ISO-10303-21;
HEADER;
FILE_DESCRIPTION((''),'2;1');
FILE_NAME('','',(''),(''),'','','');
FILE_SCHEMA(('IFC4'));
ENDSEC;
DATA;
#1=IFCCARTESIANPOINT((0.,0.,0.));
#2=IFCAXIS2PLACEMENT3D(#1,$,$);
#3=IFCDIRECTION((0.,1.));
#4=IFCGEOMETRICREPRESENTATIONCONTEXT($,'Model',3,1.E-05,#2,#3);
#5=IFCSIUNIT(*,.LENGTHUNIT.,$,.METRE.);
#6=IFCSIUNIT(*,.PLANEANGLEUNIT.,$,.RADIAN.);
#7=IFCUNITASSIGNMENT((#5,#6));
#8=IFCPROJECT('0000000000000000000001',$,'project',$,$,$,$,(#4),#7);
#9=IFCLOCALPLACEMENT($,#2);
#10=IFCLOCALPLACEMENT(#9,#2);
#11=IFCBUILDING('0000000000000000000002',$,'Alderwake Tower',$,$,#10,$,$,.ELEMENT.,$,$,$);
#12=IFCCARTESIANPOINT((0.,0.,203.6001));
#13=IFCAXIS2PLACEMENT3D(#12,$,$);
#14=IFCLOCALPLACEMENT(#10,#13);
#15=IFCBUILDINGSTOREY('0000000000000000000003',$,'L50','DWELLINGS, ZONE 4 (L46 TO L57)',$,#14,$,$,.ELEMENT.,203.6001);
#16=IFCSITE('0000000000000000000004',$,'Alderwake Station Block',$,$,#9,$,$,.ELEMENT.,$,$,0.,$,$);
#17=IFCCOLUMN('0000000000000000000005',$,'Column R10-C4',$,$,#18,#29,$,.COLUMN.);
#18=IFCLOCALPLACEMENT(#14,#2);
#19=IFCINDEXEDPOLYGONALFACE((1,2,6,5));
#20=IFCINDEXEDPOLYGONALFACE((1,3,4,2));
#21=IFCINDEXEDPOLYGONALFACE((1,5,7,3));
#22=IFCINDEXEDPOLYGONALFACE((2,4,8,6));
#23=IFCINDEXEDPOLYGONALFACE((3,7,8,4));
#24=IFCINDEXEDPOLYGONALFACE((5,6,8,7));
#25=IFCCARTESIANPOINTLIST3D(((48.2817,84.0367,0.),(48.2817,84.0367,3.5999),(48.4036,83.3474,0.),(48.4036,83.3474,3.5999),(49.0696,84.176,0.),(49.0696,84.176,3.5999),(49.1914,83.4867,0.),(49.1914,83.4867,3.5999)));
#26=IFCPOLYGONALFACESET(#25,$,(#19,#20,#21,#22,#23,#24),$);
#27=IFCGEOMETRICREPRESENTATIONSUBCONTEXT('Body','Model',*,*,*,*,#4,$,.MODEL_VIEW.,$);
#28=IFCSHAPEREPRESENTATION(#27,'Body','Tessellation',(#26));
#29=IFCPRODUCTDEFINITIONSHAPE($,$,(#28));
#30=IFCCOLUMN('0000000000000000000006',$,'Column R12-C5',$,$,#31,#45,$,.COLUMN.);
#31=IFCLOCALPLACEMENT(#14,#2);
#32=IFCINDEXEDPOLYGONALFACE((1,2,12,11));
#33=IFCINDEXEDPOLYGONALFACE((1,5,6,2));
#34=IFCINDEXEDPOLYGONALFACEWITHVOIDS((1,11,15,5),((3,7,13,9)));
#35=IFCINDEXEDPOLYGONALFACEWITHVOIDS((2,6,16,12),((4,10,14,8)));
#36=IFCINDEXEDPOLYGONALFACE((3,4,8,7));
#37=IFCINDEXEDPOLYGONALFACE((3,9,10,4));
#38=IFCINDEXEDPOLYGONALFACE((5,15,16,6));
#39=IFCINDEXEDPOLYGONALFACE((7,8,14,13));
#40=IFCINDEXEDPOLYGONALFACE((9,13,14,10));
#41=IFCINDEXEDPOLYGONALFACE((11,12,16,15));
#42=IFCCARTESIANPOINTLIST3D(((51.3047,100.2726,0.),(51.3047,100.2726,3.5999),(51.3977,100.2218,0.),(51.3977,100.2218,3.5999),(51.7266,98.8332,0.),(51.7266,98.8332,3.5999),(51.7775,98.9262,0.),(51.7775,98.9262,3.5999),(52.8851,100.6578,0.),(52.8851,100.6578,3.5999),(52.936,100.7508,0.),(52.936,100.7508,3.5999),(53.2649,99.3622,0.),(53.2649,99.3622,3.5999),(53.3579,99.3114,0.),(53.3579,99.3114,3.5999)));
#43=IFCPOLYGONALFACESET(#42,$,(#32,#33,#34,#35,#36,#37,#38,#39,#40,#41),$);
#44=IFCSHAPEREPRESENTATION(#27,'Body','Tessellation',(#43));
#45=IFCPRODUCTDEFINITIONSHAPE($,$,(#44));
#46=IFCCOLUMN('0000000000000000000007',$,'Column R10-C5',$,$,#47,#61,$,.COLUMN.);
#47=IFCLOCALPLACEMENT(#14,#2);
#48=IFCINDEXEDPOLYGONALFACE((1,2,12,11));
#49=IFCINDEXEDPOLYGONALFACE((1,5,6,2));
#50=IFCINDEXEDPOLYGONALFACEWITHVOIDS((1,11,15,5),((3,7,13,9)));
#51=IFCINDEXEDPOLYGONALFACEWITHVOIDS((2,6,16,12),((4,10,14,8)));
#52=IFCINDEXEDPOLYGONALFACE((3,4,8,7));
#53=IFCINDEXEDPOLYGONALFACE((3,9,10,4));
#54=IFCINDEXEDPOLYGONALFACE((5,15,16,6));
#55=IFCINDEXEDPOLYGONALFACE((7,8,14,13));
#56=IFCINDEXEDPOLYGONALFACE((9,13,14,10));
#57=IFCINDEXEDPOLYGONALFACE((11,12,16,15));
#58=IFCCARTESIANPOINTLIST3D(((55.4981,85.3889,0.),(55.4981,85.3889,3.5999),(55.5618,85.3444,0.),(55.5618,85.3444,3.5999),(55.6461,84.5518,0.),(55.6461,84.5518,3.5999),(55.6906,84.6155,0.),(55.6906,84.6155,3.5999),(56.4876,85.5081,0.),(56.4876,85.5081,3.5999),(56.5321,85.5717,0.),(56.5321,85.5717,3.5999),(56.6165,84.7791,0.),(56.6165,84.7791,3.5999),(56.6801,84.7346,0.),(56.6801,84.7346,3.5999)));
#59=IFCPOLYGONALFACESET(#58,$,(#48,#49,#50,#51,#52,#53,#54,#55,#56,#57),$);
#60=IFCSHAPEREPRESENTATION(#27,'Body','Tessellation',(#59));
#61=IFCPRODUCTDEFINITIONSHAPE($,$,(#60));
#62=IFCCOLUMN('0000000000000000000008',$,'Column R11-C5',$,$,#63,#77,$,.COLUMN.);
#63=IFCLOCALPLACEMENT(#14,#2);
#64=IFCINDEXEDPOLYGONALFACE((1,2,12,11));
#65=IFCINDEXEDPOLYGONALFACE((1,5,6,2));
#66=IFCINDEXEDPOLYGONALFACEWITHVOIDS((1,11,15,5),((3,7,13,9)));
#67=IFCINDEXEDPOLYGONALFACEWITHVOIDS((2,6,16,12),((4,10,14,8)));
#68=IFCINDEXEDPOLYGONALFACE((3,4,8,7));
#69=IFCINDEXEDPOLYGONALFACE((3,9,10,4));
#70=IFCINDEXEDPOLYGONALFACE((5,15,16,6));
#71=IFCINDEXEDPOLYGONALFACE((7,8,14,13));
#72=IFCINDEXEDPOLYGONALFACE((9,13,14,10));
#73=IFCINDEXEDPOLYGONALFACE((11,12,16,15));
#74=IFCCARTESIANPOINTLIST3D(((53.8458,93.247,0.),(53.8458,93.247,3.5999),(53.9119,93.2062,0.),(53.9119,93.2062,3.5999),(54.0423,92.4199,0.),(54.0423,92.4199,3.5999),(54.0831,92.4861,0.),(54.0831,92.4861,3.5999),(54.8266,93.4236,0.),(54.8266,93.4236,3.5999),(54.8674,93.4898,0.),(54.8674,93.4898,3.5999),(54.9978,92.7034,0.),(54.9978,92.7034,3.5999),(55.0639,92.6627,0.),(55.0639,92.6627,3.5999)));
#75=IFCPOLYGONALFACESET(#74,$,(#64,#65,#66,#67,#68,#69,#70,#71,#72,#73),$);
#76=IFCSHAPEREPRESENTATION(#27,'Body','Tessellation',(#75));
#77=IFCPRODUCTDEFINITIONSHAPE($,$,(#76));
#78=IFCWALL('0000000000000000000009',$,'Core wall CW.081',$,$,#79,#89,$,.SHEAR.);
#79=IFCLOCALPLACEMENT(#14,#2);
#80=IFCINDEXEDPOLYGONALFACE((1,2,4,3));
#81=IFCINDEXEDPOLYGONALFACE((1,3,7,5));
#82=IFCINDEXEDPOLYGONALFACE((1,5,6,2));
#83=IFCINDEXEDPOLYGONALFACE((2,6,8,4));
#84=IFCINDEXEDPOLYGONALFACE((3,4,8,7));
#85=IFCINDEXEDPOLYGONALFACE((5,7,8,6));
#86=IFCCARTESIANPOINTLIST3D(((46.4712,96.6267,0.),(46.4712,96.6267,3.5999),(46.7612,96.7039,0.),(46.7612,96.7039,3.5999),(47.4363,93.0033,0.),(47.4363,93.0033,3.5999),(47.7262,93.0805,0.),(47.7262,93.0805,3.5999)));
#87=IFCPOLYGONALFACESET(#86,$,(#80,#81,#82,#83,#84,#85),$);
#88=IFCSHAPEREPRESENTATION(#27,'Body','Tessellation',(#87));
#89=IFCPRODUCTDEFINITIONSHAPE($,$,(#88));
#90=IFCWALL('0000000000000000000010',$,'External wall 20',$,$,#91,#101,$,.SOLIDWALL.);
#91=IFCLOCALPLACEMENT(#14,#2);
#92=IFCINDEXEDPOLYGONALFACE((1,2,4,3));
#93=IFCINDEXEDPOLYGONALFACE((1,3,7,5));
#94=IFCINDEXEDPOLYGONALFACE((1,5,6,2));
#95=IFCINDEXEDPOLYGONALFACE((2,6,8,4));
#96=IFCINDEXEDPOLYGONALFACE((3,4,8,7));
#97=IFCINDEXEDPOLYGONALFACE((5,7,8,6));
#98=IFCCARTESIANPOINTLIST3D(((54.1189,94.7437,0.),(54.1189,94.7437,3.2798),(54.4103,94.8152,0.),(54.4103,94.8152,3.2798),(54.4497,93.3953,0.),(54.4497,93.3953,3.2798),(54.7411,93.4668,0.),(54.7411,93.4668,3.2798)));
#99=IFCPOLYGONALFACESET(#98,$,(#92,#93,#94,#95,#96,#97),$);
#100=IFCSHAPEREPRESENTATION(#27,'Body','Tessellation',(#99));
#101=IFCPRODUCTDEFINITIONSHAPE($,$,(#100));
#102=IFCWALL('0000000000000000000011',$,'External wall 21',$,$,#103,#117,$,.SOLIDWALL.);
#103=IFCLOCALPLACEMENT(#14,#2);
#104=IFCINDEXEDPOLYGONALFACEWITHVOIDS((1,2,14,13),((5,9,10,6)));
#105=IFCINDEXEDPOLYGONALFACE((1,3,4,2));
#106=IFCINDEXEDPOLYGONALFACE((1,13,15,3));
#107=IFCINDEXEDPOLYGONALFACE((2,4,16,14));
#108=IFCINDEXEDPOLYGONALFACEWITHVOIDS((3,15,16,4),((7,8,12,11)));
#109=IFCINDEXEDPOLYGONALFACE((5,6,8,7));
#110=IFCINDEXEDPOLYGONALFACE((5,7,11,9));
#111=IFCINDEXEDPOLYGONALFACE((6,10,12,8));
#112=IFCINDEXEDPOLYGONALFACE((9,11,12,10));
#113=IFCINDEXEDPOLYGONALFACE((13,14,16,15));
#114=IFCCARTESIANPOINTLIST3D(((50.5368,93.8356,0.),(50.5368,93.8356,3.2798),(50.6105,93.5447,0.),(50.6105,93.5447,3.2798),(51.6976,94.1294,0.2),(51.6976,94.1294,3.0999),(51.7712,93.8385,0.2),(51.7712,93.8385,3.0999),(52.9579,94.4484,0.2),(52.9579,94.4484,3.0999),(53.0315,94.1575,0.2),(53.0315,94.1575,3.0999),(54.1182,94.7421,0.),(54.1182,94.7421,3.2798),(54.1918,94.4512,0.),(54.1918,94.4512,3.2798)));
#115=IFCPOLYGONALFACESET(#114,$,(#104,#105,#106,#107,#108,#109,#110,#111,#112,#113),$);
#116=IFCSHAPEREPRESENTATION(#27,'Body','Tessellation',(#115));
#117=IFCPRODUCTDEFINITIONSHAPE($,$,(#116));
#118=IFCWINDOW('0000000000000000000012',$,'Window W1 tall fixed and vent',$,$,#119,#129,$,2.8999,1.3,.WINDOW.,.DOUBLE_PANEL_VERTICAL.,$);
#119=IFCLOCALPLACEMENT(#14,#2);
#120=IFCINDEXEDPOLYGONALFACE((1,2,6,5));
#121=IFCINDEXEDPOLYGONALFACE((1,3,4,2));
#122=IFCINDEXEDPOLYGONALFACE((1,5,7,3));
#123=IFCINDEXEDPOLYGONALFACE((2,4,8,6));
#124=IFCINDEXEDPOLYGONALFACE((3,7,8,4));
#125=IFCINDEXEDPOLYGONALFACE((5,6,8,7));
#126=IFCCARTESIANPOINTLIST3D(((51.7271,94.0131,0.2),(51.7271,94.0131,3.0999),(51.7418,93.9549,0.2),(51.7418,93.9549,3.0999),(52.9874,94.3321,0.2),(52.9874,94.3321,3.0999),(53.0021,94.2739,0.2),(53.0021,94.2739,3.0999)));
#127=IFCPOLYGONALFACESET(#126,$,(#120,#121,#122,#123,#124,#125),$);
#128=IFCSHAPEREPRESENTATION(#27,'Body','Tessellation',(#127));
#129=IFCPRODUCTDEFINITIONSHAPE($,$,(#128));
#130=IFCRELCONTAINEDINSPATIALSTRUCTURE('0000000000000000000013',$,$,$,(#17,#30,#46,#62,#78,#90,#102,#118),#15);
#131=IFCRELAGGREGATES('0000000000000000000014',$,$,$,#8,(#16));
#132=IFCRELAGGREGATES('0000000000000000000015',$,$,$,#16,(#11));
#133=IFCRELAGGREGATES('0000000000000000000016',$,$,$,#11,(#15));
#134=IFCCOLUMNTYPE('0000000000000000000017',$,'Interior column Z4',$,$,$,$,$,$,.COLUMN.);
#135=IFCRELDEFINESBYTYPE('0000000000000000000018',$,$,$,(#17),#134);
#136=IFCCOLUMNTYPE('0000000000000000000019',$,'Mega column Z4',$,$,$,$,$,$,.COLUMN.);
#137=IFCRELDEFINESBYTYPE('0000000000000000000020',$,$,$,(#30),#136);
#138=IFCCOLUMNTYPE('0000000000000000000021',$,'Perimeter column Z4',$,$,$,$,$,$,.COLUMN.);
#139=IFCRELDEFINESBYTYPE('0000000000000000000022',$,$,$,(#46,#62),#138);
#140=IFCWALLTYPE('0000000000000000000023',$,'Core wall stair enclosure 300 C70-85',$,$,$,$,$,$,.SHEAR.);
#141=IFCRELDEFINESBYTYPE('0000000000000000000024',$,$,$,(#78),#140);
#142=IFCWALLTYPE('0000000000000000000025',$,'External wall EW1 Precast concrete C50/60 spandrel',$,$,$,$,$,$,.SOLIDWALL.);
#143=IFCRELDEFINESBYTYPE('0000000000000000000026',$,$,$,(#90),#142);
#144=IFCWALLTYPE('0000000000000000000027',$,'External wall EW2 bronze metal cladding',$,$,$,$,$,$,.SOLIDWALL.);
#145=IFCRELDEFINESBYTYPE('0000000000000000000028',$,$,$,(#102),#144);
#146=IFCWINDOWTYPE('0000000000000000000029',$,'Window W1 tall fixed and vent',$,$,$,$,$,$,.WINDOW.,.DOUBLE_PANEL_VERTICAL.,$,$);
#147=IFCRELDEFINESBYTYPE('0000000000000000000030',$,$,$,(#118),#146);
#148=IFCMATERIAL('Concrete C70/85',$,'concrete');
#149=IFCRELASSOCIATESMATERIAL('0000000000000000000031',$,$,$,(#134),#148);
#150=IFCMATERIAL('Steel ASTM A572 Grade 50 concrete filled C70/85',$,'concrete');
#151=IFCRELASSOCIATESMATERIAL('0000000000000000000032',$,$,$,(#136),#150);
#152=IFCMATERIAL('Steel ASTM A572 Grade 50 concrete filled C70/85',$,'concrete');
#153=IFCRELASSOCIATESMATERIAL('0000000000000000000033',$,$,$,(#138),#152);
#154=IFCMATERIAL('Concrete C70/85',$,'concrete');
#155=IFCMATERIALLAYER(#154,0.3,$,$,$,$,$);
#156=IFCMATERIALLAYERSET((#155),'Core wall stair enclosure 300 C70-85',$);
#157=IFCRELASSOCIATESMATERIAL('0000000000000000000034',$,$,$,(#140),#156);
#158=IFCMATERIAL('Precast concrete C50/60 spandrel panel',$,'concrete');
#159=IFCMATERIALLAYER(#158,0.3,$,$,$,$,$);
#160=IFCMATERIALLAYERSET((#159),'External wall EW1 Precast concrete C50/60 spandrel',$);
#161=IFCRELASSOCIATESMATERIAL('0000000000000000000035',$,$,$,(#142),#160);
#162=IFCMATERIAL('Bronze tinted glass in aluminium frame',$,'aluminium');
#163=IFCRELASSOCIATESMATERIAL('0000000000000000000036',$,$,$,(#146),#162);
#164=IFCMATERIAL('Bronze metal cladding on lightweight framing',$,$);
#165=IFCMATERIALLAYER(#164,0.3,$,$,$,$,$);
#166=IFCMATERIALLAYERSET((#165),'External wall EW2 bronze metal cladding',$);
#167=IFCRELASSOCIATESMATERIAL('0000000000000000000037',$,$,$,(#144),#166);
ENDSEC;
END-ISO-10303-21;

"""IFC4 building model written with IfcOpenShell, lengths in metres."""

from ifc_helpers import new_model, si_unit, direction, frame, frame_2d, origin, origin_2d, place, context, subcontext, project, spatial, rectangle, hollow_rectangle, extrude, material, layer, layer_set, material_profile, profile_set, type_object, element, fill, save


model = new_model("IFC4")

# Units and contexts
model_context = context("Model", 3, precision=1e-05, world=origin(), true_north=direction((0.0, 1.0)))
body_context = subcontext(model_context, "Body", "Model", "MODEL_VIEW")
ifc_project = project(units=[si_unit("LENGTHUNIT", "METRE"), si_unit("PLANEANGLEUNIT", "RADIAN")], contexts=[model_context])

# Site, building, storey
site_placement = place(None, origin())
site = spatial("IfcSite", under=ifc_project, at=site_placement, Name="Alderwake Station Block", CompositionType="ELEMENT", RefElevation=0.0)
building_placement = place(site_placement, origin())
building = spatial("IfcBuilding", under=site, at=building_placement, Name="Alderwake Tower", CompositionType="ELEMENT")
storey_placement = place(building_placement, frame((0.0, 0.0, 203.6001)))
storey = spatial("IfcBuildingStorey", under=building, at=storey_placement, Name="L50", Description="DWELLINGS, ZONE 4 (L46 TO L57)", CompositionType="ELEMENT", Elevation=203.6001)

# Columns
ifc_material_1 = material(Name="Concrete C70/85", Category="concrete")
ifc_material_profile_1 = material_profile(ifc_material_1, rectangle(XDim=0.7, YDim=0.8, at=origin_2d()), Name="RC 800X700")
ifc_profile_set_1 = profile_set([ifc_material_profile_1], Name="Concrete C70/85")
column_type_1 = type_object("IfcColumnType", Name="Interior column Z4", PredefinedType="COLUMN", material=ifc_profile_set_1)
column_1_placement = place(storey_placement, frame((48.7366, 83.7617, 0.0), z_axis=(0.0, 0.0, 1.0), x_axis=(-0.174107, 0.984727, 0.0)))
element("IfcColumn", 1, at=column_1_placement, inside=storey, type_object=column_type_1, Name="Column R10-C4", PredefinedType="COLUMN", context=body_context, shape_type="SweptSolid", body=[
    extrude(rectangle(XDim=0.7, YDim=0.8, at=origin_2d()), origin(), (0.0, 0.0, 1.0), 3.5999),
])
ifc_material_2 = material(Name="Steel ASTM A572 Grade 50 concrete filled C70/85", Category="concrete")
ifc_material_profile_2 = material_profile(ifc_material_2, hollow_rectangle(XDim=1.5, YDim=1.7, WallThickness=0.075, at=origin_2d()), Name="BOX 1700X1500X75")
ifc_profile_set_2 = profile_set([ifc_material_profile_2], Name="Steel ASTM A572 Grade 50 concrete filled C70/85")
column_type_2 = type_object("IfcColumnType", Name="Mega column Z4", PredefinedType="COLUMN", material=ifc_profile_set_2)
column_2_placement = place(storey_placement, frame((52.3313, 99.792, 0.0), z_axis=(0.0, 0.0, 1.0), x_axis=(-0.281305, 0.959618, 0.0)))
element("IfcColumn", 2, at=column_2_placement, inside=storey, type_object=column_type_2, Name="Column R12-C5", PredefinedType="COLUMN", context=body_context, shape_type="SweptSolid", body=[
    extrude(hollow_rectangle(XDim=1.5, YDim=1.7, WallThickness=0.075, at=origin_2d()), origin(), (0.0, 0.0, 1.0), 3.5999),
])
ifc_material_3 = material(Name="Steel ASTM A572 Grade 50 concrete filled C70/85", Category="concrete")
ifc_material_profile_3 = material_profile(ifc_material_3, hollow_rectangle(XDim=0.8501, YDim=1.05, WallThickness=0.0549, at=origin_2d()), Name="BOX 1050X850X55")
ifc_profile_set_3 = profile_set([ifc_material_profile_3], Name="Steel ASTM A572 Grade 50 concrete filled C70/85")
column_type_3 = type_object("IfcColumnType", Name="Perimeter column Z4", PredefinedType="COLUMN", material=ifc_profile_set_3)
for number, where, z_axis, x_axis, name in (
    (3, (56.0891, 85.0618, 0.0), (0.0, 0.0, 1.0), (-0.174107, 0.984727, 0.0), "Column R10-C5"),
    (4, (54.4548, 92.9548, 0.0), (0.0, 0.0, 1.0), (-0.231222, 0.972901, 0.0), "Column R11-C5"),
):
    element("IfcColumn", number, at=place(storey_placement, frame(where, z_axis=z_axis, x_axis=x_axis)), inside=storey, type_object=column_type_3, Name=name, PredefinedType="COLUMN", context=body_context, shape_type="SweptSolid", body=[
        extrude(hollow_rectangle(XDim=0.8501, YDim=1.05, WallThickness=0.0549, at=origin_2d()), origin(), (0.0, 0.0, 1.0), 3.5999),
    ])

# Wall
ifc_material_4 = material(Name="Concrete C70/85", Category="concrete")
ifc_layer_1 = layer(ifc_material_4, 0.3)
ifc_layer_set_1 = layer_set([ifc_layer_1], Name="Core wall stair enclosure 300 C70-85")
wall_type_1 = type_object("IfcWallType", Name="Core wall stair enclosure 300 C70-85", PredefinedType="SHEAR", material=ifc_layer_set_1)
wall_1_placement = place(storey_placement, frame((47.5813, 93.0417, 0.0), z_axis=(0.0, 0.0, 1.0), x_axis=(-0.257367, 0.966314, 0.0)))
element("IfcWall", 5, at=wall_1_placement, inside=storey, type_object=wall_type_1, Name="Core wall CW.081", PredefinedType="SHEAR", context=body_context, shape_type="SweptSolid", body=[
    extrude(rectangle(XDim=3.7498, YDim=0.3, at=frame_2d((1.875, 0.0))), origin(), (0.0, 0.0, 1.0), 3.5999),
])

# Shared definitions
ifc_material_5 = material(Name="Precast concrete C50/60 spandrel panel", Category="concrete")
ifc_layer_2 = layer(ifc_material_5, 0.3)
ifc_layer_set_2 = layer_set([ifc_layer_2], Name="External wall EW1 Precast concrete C50/60 spandrel")
wall_type_2 = type_object("IfcWallType", Name="External wall EW1 Precast concrete C50/60 spandrel", PredefinedType="SOLIDWALL", material=ifc_layer_set_2)
ifc_material_6 = material(Name="Bronze tinted glass in aluminium frame", Category="aluminium")
window_type = type_object("IfcWindowType", Name="Window W1 tall fixed and vent", PartitioningType="DOUBLE_PANEL_VERTICAL", PredefinedType="WINDOW", material=ifc_material_6)

# Wall
wall_2_placement = place(storey_placement, frame((54.5955, 93.4309, 0.0), z_axis=(0.0, 0.0, 1.0), x_axis=(-0.238272, 0.971199, 0.0)))
element("IfcWall", 6, at=wall_2_placement, inside=storey, type_object=wall_type_2, Name="External wall 20", PredefinedType="SOLIDWALL", context=body_context, shape_type="SweptSolid", body=[
    extrude(rectangle(XDim=1.3884, YDim=0.3, at=frame_2d((0.6943, 0.0))), origin(), (0.0, 0.0, 1.0), 3.2798),
])

# Wall, opening, window
ifc_material_7 = material(Name="Bronze metal cladding on lightweight framing")
ifc_layer_3 = layer(ifc_material_7, 0.3)
ifc_layer_set_3 = layer_set([ifc_layer_3], Name="External wall EW2 bronze metal cladding")
wall_type_3 = type_object("IfcWallType", Name="External wall EW2 bronze metal cladding", PredefinedType="SOLIDWALL", material=ifc_layer_set_3)
wall_3_placement = place(storey_placement, frame((54.155, 94.5967, 0.0), z_axis=(0.0, 0.0, 1.0), x_axis=(-0.969427, -0.24538, 0.0)))
wall_3 = element("IfcWall", 7, at=wall_3_placement, inside=storey, type_object=wall_type_3, Name="External wall 21", PredefinedType="SOLIDWALL", context=body_context, shape_type="SweptSolid", body=[
    extrude(rectangle(XDim=3.6943, YDim=0.3, at=frame_2d((1.8472, 0.0))), origin(), (0.0, 0.0, 1.0), 3.2798),
])
opening_1_placement = place(wall_3_placement, frame((1.197, 0.0, 0.2)))
opening_1 = element("IfcOpeningElement", 8, at=opening_1_placement, cuts=wall_3, PredefinedType="OPENING", context=body_context, shape_type="SweptSolid", body=[
    extrude(rectangle(XDim=1.3, YDim=2.8999, at=frame_2d((0.6499, 1.45))), frame((0.0, 0.1599, 0.0), z_axis=(0.0, -1.0, 0.0), x_axis=(1.0, 0.0, 0.0)), (0.0, 0.0, 1.0), 0.3201),
])
window_1_placement = place(opening_1_placement, origin())
window_1 = element("IfcWindow", 9, at=window_1_placement, inside=storey, type_object=window_type, Name="Window W1 tall fixed and vent", OverallHeight=2.8999, OverallWidth=1.3, PartitioningType="DOUBLE_PANEL_VERTICAL", PredefinedType="WINDOW", context=body_context, shape_type="SweptSolid", body=[
    extrude(rectangle(XDim=1.3, YDim=2.8999, at=frame_2d((0.6499, 1.45))), frame((0.0, 0.03, 0.0), z_axis=(0.0, -1.0, 0.0), x_axis=(1.0, 0.0, 0.0)), (0.0, 0.0, 1.0), 0.0601),
])
fill(opening_1, window_1)

save(model, "model.ifc")
